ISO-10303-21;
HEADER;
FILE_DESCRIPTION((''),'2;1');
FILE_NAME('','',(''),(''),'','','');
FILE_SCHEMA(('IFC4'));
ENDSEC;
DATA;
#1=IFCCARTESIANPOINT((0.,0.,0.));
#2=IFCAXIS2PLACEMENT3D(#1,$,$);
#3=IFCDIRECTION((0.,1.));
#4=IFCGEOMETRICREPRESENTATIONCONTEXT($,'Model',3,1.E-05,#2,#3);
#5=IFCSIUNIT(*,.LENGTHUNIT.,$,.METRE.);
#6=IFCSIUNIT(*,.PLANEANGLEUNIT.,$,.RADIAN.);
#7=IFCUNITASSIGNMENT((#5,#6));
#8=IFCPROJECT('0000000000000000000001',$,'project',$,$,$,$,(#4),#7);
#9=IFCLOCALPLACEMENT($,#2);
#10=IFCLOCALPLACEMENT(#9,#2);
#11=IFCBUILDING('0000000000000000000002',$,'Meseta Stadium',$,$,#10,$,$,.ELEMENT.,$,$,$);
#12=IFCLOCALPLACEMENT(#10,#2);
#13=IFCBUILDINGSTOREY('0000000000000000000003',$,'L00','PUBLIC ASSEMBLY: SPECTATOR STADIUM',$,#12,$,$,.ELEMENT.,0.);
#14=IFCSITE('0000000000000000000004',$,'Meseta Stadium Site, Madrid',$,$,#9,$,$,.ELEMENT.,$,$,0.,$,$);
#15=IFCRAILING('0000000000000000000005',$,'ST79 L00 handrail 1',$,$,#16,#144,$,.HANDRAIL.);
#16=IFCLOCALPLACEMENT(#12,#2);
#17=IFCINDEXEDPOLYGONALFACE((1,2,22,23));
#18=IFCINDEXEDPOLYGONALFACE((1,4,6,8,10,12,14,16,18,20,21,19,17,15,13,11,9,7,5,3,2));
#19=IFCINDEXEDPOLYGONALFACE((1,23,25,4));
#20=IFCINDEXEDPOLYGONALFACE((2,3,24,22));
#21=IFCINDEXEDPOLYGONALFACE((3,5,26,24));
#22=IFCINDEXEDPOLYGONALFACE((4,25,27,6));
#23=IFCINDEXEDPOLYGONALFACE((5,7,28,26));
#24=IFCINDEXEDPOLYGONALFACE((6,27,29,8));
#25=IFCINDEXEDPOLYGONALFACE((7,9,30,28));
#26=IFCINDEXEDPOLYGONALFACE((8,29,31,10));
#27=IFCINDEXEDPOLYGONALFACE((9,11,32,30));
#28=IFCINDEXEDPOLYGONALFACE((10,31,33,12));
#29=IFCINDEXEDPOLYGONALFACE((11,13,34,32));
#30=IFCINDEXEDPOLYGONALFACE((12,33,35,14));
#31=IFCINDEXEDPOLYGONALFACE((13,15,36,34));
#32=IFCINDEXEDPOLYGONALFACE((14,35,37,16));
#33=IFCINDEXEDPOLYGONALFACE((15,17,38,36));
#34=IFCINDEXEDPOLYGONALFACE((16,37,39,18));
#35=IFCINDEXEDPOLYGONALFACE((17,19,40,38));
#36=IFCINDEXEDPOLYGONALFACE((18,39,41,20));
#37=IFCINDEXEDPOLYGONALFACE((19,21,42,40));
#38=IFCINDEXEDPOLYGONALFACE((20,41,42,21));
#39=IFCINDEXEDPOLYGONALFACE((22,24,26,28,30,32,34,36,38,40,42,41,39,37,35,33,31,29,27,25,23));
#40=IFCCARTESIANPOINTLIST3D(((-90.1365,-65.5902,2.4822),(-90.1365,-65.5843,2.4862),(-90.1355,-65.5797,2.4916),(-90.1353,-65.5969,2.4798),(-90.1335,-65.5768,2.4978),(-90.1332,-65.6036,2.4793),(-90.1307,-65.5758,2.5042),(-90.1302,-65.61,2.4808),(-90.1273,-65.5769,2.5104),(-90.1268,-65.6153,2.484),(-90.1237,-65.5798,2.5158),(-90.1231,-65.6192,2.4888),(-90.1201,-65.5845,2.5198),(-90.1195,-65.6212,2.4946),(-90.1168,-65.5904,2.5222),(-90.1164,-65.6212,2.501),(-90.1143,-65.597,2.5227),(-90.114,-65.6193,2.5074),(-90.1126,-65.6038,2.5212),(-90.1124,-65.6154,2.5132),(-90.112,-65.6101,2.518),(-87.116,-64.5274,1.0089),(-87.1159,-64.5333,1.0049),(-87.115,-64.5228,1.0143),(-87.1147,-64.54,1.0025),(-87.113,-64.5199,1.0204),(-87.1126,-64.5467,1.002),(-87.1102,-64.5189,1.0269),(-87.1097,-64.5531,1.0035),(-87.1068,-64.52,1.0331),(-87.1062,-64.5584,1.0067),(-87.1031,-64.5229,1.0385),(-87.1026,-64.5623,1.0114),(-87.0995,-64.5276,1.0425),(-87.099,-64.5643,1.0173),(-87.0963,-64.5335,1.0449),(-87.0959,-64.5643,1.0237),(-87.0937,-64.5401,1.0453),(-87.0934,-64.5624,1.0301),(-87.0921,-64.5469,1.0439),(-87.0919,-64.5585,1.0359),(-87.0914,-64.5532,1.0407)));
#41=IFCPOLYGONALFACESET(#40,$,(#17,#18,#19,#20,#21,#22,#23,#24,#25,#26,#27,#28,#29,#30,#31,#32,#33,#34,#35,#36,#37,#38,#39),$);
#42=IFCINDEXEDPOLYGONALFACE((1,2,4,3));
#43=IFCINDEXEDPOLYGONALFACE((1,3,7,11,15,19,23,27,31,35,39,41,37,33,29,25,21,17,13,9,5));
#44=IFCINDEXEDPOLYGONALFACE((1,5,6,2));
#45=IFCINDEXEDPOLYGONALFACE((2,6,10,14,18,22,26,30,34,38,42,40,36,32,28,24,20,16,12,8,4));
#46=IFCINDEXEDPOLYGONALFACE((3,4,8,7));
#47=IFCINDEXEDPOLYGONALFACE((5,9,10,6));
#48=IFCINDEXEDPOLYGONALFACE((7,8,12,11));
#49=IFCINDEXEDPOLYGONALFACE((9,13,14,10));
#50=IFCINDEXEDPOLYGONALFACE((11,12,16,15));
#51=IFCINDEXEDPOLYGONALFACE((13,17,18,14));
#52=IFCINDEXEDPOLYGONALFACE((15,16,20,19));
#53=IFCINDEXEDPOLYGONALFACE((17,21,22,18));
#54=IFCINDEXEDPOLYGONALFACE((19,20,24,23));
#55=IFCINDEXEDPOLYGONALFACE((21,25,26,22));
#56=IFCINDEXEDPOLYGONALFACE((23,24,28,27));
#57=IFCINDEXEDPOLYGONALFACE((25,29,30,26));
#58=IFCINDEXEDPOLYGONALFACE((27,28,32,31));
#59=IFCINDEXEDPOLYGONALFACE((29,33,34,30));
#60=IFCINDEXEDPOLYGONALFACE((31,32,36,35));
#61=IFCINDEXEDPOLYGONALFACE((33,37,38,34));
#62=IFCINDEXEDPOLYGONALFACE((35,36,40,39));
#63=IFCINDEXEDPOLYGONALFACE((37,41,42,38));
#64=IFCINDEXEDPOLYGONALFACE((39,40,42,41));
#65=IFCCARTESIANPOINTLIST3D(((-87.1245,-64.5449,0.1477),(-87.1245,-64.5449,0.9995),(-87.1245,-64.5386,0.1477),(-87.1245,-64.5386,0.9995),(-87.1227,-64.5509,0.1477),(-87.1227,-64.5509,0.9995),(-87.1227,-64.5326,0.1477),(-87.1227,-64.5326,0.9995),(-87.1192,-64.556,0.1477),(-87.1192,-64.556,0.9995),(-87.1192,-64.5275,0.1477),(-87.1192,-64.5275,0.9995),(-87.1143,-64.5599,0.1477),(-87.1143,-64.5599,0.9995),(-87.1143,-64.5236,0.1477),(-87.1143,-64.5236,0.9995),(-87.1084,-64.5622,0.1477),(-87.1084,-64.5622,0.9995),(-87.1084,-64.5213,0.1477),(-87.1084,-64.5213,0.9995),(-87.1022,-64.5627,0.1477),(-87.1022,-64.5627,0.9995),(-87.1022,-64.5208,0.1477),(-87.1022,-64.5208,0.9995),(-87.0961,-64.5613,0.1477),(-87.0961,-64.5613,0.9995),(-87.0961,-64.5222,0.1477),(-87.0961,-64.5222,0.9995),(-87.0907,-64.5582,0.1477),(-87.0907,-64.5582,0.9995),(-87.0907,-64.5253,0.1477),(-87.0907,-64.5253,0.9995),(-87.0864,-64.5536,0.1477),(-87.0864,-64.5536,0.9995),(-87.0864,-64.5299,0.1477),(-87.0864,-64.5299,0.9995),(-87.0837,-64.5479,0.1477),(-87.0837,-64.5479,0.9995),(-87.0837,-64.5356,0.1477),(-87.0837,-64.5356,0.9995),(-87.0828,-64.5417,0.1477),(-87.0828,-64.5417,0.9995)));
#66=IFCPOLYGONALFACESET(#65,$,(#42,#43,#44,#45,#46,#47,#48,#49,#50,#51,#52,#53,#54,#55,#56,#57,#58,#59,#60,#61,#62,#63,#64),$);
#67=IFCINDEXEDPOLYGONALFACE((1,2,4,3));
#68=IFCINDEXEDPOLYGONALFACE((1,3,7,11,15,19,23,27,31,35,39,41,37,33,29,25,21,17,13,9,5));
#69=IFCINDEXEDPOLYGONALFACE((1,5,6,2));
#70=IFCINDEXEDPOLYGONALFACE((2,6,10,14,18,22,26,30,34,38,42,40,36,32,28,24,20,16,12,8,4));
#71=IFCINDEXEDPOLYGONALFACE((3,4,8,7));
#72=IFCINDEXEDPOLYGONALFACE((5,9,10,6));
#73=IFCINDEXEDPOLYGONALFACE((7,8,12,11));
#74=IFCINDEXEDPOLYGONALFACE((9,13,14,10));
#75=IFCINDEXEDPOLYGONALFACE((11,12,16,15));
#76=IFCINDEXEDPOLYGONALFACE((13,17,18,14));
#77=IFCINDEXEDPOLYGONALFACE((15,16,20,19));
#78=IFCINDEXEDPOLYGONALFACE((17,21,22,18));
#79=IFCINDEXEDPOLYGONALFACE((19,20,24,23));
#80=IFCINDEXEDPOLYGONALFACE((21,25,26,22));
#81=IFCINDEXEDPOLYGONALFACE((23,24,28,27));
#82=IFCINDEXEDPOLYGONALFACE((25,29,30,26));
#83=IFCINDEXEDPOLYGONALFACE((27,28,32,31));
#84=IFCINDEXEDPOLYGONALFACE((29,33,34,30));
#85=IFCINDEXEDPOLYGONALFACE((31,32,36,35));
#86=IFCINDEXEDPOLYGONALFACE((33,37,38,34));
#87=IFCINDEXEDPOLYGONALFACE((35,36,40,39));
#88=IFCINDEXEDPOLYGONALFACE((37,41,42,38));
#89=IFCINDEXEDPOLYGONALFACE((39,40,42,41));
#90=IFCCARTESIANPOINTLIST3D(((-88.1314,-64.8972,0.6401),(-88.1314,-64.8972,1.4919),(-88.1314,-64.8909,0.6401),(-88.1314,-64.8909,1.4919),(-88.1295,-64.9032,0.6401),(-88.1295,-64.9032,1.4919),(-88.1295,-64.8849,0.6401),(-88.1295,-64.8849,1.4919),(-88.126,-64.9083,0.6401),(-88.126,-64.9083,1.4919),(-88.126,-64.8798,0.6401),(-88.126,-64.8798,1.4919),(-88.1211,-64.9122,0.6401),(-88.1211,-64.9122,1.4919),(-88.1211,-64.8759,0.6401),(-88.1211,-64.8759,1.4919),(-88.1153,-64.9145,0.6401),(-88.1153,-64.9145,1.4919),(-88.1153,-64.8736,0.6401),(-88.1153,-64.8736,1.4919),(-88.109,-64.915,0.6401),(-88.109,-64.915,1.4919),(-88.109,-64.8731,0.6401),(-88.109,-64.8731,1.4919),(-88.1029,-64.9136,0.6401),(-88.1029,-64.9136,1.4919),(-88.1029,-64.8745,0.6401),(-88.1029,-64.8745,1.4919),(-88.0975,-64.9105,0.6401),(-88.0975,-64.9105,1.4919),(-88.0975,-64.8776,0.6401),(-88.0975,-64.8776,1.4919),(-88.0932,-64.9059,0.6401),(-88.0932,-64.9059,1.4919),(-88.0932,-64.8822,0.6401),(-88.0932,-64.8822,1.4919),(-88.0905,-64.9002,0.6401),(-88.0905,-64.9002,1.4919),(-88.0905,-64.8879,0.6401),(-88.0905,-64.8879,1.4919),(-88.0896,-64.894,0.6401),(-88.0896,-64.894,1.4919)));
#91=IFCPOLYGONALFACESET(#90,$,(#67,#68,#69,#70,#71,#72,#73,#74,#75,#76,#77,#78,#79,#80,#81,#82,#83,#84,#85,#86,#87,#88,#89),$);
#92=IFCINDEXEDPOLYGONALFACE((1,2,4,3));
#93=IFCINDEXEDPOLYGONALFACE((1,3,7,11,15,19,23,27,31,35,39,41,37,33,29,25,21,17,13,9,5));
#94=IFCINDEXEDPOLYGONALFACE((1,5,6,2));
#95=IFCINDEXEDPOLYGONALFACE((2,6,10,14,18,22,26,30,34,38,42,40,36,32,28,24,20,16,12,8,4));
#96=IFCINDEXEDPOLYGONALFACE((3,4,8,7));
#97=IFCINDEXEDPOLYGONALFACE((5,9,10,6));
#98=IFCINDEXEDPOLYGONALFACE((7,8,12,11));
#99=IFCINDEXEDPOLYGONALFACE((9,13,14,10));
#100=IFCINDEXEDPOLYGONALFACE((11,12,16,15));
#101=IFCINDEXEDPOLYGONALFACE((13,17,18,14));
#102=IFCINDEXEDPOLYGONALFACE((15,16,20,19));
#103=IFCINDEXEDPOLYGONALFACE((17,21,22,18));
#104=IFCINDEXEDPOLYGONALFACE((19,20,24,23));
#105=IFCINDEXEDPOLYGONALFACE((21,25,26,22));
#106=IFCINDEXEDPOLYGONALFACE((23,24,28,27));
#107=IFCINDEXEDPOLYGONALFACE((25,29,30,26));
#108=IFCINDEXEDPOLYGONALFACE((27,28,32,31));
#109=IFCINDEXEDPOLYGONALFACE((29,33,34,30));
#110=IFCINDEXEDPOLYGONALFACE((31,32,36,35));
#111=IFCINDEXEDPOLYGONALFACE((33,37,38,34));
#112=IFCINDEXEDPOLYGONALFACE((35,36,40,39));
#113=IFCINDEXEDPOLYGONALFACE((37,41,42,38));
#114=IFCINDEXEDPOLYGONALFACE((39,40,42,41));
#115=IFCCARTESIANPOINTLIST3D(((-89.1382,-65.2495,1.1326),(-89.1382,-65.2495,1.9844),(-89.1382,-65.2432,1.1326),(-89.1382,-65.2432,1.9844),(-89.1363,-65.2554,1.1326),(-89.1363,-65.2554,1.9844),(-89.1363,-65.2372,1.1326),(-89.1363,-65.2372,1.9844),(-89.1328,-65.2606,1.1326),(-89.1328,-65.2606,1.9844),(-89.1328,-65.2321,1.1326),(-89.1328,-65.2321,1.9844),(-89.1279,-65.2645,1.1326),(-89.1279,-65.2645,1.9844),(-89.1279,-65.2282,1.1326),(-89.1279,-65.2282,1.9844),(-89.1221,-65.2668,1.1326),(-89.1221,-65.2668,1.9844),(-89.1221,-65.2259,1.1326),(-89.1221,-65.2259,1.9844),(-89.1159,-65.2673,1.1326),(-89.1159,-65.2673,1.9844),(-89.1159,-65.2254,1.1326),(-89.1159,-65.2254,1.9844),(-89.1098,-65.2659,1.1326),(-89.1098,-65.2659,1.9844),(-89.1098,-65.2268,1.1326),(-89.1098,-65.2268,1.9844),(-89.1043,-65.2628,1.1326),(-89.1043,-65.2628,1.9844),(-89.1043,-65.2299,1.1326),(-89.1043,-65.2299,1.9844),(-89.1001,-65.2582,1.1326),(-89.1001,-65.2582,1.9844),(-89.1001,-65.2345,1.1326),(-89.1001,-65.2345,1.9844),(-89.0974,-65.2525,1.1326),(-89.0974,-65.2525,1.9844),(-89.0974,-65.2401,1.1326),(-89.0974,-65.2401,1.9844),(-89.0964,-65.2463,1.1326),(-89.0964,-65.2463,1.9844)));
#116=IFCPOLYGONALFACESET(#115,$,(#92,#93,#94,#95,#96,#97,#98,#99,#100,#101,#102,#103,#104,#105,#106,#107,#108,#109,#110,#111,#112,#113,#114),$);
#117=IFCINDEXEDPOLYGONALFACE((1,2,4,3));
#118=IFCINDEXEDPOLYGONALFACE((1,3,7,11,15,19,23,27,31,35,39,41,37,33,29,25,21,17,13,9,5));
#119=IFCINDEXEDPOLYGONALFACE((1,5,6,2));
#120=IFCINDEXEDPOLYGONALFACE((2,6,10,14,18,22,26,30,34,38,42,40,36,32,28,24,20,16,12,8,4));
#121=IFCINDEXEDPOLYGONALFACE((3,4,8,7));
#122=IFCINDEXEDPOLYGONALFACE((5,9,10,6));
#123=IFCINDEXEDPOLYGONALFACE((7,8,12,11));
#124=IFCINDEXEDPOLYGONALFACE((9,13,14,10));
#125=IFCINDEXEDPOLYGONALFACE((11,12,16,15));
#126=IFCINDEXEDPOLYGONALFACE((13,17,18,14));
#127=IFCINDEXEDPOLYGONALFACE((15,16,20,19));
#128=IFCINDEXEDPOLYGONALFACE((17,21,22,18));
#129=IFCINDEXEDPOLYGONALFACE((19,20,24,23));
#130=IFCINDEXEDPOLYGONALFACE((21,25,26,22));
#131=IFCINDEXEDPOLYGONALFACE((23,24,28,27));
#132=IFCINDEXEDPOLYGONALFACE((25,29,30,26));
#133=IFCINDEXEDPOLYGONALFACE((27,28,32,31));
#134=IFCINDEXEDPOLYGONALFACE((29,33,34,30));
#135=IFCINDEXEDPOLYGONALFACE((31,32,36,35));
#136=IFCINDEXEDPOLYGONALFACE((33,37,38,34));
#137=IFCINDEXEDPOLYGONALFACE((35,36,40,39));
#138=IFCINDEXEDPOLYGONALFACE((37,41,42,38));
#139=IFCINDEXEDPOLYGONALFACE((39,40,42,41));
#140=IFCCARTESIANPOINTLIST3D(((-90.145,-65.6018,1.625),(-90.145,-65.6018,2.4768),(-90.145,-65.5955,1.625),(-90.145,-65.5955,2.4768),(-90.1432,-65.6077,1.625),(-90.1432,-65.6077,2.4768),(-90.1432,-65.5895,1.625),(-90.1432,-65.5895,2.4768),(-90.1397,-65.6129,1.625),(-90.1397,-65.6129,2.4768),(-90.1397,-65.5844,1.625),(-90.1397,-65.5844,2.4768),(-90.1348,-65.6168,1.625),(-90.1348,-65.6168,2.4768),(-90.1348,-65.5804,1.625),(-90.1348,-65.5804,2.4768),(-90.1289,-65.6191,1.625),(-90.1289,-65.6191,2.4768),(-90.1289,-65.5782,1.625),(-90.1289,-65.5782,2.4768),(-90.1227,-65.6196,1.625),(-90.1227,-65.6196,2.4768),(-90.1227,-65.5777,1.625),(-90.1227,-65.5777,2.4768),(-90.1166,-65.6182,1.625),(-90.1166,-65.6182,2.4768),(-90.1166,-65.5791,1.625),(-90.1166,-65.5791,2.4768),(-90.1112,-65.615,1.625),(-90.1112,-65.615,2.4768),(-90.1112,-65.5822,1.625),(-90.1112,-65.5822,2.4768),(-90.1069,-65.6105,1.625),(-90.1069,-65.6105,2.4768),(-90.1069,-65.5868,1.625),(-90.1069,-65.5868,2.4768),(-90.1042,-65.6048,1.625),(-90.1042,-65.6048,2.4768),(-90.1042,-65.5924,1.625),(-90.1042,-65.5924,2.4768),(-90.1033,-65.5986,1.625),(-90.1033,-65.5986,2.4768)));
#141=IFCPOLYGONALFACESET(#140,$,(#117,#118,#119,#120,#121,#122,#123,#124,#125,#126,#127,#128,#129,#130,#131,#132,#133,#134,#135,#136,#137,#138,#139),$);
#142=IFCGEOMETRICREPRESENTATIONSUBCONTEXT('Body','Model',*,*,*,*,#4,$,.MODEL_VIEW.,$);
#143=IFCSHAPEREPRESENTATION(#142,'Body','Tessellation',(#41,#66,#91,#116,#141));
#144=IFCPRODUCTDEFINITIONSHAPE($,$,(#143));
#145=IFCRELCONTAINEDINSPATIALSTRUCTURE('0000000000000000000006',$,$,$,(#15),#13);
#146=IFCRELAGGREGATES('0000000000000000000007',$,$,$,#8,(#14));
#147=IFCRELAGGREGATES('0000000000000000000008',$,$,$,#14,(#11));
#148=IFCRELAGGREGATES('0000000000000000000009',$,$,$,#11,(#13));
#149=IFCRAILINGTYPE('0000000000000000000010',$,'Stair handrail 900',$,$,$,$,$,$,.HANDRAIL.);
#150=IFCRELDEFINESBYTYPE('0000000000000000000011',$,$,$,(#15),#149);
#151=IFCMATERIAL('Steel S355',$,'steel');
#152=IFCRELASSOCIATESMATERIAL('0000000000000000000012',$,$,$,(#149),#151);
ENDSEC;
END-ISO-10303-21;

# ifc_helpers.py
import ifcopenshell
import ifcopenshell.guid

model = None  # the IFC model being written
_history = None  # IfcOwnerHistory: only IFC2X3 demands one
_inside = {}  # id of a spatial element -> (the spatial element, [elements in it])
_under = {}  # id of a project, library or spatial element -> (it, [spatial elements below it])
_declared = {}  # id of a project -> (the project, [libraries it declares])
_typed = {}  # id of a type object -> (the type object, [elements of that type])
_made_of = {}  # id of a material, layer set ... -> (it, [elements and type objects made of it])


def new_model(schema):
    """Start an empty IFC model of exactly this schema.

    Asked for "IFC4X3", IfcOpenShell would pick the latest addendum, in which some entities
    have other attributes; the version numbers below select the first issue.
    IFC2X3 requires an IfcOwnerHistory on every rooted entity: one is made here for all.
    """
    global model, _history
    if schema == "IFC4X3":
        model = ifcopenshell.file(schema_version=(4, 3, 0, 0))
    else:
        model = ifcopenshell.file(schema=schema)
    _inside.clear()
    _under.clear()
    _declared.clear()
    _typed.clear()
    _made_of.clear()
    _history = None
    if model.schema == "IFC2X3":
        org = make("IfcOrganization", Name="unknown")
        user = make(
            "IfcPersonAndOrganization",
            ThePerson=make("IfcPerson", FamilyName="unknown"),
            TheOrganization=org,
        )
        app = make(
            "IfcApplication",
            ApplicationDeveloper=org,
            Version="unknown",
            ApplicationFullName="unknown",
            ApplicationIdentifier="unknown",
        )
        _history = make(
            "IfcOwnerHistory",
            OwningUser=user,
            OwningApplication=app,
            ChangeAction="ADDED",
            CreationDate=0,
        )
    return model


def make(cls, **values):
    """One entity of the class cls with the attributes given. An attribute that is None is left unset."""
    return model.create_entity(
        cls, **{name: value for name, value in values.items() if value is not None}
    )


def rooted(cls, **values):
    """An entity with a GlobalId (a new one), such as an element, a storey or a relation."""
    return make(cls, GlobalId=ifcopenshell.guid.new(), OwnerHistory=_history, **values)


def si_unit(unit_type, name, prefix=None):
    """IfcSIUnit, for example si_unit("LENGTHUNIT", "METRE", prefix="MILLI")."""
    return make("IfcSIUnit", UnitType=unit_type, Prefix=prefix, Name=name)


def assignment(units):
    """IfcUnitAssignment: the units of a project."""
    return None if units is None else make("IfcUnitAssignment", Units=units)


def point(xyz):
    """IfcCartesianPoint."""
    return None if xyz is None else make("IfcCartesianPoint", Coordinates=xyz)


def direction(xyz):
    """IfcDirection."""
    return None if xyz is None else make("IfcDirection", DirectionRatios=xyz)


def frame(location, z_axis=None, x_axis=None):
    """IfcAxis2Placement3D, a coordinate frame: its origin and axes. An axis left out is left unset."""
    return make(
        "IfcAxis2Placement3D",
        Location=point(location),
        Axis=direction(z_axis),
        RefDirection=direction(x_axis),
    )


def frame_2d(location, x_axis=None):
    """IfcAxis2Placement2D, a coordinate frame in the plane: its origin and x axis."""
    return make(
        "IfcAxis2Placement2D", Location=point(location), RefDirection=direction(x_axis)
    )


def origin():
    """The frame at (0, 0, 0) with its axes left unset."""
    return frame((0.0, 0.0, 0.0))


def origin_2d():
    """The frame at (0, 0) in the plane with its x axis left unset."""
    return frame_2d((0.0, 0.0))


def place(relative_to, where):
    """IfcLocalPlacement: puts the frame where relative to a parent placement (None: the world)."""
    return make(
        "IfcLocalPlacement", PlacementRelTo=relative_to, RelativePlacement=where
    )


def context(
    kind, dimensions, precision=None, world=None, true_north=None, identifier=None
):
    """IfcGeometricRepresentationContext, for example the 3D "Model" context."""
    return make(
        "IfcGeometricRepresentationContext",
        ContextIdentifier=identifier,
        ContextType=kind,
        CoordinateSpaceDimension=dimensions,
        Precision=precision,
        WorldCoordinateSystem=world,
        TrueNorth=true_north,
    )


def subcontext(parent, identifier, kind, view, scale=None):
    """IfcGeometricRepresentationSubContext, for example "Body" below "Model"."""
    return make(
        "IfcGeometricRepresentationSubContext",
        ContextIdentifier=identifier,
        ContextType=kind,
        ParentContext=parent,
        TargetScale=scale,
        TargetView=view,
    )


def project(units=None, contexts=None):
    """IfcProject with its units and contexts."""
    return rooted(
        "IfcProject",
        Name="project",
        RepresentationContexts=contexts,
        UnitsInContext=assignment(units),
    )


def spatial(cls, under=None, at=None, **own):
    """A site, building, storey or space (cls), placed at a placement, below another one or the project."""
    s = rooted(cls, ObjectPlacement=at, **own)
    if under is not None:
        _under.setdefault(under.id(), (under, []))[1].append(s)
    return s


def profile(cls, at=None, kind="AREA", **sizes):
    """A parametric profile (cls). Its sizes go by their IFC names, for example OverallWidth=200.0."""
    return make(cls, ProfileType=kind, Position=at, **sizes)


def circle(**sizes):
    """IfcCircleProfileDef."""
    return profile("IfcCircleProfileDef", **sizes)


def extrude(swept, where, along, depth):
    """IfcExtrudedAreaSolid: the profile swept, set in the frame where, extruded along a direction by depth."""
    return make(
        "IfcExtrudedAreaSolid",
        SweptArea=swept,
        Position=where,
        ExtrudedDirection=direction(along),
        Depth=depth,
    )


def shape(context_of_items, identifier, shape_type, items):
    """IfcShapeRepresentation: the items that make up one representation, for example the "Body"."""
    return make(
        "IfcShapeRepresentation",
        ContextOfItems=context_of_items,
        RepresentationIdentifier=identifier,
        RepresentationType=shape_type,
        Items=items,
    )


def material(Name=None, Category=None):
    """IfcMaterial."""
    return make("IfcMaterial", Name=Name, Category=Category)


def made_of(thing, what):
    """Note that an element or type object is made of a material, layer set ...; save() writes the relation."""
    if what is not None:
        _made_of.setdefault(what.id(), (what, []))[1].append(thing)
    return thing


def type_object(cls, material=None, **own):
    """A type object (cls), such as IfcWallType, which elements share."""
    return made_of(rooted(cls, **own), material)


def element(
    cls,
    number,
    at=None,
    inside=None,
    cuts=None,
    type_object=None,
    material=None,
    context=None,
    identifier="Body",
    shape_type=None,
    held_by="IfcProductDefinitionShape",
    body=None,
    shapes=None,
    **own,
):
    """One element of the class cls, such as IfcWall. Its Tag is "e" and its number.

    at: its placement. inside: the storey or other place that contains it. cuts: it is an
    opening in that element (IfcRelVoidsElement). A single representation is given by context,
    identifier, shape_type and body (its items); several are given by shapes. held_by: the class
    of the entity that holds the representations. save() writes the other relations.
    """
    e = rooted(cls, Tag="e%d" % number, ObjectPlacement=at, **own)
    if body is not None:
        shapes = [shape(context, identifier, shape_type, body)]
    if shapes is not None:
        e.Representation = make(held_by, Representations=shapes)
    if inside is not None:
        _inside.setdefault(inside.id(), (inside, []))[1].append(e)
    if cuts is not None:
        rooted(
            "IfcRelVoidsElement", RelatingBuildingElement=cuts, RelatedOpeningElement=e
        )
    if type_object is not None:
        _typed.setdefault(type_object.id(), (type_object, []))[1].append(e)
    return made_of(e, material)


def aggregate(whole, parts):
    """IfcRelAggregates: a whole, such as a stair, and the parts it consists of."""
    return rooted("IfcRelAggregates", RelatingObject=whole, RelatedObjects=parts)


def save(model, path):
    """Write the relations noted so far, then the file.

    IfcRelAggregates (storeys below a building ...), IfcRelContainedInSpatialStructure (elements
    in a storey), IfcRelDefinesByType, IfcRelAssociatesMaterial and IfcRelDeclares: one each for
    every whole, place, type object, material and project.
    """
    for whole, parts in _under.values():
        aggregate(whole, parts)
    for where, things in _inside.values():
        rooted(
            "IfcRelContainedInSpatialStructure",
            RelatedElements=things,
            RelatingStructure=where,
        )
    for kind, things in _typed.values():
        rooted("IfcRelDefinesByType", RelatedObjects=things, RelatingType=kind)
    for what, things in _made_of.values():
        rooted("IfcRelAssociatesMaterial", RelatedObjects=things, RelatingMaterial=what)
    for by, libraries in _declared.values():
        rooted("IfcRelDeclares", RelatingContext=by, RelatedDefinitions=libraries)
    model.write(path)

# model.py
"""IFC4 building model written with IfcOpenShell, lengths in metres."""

from ifc_helpers import new_model, si_unit, direction, frame, origin, origin_2d, place, context, subcontext, project, spatial, circle, extrude, material, type_object, element, save


model = new_model("IFC4")

# Units and contexts
model_context = context("Model", 3, precision=1e-05, world=origin(), true_north=direction((0.0, 1.0)))
body_context = subcontext(model_context, "Body", "Model", "MODEL_VIEW")
ifc_project = project(units=[si_unit("LENGTHUNIT", "METRE"), si_unit("PLANEANGLEUNIT", "RADIAN")], contexts=[model_context])

# Site, building, storey
site_placement = place(None, origin())
site = spatial("IfcSite", under=ifc_project, at=site_placement, Name="Meseta Stadium Site, Madrid", CompositionType="ELEMENT", RefElevation=0.0)
building_placement = place(site_placement, origin())
building = spatial("IfcBuilding", under=site, at=building_placement, Name="Meseta Stadium", CompositionType="ELEMENT")
storey_placement = place(building_placement, origin())
storey = spatial("IfcBuildingStorey", under=building, at=storey_placement, Name="L00", Description="PUBLIC ASSEMBLY: SPECTATOR STADIUM", CompositionType="ELEMENT", Elevation=0.0)

# Railing
ifc_material_1 = material(Name="Steel S355", Category="steel")
railing_type_1 = type_object("IfcRailingType", Name="Stair handrail 900", PredefinedType="HANDRAIL", material=ifc_material_1)
for number, where, name in (
    (1, (-87.1038, -64.5417, 0.1477), "ST79 L00 handrail 1"),
):
    element("IfcRailing", number, at=place(storey_placement, frame(where)), inside=storey, type_object=railing_type_1, Name=name, PredefinedType="HANDRAIL", context=body_context, shape_type="SweptSolid", body=[
        extrude(circle(Radius=0.0239, at=origin_2d()), frame((0.0, 0.0, 0.876), z_axis=(-0.856977, -0.299859, 0.419137), x_axis=(0.330269, -0.943887, 0.0)), (0.0, 0.0, 1.0), 3.5247),
        extrude(circle(Radius=0.021, at=origin_2d()), origin(), (0.0, 0.0, 1.0), 0.8518),
        extrude(circle(Radius=0.021, at=origin_2d()), frame((-1.0068, -0.3523, 0.4924)), (0.0, 0.0, 1.0), 0.8518),
        extrude(circle(Radius=0.021, at=origin_2d()), frame((-2.0137, -0.7046, 0.9849)), (0.0, 0.0, 1.0), 0.8518),
        extrude(circle(Radius=0.021, at=origin_2d()), frame((-3.0205, -1.0569, 1.4773)), (0.0, 0.0, 1.0), 0.8518),
    ])

save(model, "model.ifc")
